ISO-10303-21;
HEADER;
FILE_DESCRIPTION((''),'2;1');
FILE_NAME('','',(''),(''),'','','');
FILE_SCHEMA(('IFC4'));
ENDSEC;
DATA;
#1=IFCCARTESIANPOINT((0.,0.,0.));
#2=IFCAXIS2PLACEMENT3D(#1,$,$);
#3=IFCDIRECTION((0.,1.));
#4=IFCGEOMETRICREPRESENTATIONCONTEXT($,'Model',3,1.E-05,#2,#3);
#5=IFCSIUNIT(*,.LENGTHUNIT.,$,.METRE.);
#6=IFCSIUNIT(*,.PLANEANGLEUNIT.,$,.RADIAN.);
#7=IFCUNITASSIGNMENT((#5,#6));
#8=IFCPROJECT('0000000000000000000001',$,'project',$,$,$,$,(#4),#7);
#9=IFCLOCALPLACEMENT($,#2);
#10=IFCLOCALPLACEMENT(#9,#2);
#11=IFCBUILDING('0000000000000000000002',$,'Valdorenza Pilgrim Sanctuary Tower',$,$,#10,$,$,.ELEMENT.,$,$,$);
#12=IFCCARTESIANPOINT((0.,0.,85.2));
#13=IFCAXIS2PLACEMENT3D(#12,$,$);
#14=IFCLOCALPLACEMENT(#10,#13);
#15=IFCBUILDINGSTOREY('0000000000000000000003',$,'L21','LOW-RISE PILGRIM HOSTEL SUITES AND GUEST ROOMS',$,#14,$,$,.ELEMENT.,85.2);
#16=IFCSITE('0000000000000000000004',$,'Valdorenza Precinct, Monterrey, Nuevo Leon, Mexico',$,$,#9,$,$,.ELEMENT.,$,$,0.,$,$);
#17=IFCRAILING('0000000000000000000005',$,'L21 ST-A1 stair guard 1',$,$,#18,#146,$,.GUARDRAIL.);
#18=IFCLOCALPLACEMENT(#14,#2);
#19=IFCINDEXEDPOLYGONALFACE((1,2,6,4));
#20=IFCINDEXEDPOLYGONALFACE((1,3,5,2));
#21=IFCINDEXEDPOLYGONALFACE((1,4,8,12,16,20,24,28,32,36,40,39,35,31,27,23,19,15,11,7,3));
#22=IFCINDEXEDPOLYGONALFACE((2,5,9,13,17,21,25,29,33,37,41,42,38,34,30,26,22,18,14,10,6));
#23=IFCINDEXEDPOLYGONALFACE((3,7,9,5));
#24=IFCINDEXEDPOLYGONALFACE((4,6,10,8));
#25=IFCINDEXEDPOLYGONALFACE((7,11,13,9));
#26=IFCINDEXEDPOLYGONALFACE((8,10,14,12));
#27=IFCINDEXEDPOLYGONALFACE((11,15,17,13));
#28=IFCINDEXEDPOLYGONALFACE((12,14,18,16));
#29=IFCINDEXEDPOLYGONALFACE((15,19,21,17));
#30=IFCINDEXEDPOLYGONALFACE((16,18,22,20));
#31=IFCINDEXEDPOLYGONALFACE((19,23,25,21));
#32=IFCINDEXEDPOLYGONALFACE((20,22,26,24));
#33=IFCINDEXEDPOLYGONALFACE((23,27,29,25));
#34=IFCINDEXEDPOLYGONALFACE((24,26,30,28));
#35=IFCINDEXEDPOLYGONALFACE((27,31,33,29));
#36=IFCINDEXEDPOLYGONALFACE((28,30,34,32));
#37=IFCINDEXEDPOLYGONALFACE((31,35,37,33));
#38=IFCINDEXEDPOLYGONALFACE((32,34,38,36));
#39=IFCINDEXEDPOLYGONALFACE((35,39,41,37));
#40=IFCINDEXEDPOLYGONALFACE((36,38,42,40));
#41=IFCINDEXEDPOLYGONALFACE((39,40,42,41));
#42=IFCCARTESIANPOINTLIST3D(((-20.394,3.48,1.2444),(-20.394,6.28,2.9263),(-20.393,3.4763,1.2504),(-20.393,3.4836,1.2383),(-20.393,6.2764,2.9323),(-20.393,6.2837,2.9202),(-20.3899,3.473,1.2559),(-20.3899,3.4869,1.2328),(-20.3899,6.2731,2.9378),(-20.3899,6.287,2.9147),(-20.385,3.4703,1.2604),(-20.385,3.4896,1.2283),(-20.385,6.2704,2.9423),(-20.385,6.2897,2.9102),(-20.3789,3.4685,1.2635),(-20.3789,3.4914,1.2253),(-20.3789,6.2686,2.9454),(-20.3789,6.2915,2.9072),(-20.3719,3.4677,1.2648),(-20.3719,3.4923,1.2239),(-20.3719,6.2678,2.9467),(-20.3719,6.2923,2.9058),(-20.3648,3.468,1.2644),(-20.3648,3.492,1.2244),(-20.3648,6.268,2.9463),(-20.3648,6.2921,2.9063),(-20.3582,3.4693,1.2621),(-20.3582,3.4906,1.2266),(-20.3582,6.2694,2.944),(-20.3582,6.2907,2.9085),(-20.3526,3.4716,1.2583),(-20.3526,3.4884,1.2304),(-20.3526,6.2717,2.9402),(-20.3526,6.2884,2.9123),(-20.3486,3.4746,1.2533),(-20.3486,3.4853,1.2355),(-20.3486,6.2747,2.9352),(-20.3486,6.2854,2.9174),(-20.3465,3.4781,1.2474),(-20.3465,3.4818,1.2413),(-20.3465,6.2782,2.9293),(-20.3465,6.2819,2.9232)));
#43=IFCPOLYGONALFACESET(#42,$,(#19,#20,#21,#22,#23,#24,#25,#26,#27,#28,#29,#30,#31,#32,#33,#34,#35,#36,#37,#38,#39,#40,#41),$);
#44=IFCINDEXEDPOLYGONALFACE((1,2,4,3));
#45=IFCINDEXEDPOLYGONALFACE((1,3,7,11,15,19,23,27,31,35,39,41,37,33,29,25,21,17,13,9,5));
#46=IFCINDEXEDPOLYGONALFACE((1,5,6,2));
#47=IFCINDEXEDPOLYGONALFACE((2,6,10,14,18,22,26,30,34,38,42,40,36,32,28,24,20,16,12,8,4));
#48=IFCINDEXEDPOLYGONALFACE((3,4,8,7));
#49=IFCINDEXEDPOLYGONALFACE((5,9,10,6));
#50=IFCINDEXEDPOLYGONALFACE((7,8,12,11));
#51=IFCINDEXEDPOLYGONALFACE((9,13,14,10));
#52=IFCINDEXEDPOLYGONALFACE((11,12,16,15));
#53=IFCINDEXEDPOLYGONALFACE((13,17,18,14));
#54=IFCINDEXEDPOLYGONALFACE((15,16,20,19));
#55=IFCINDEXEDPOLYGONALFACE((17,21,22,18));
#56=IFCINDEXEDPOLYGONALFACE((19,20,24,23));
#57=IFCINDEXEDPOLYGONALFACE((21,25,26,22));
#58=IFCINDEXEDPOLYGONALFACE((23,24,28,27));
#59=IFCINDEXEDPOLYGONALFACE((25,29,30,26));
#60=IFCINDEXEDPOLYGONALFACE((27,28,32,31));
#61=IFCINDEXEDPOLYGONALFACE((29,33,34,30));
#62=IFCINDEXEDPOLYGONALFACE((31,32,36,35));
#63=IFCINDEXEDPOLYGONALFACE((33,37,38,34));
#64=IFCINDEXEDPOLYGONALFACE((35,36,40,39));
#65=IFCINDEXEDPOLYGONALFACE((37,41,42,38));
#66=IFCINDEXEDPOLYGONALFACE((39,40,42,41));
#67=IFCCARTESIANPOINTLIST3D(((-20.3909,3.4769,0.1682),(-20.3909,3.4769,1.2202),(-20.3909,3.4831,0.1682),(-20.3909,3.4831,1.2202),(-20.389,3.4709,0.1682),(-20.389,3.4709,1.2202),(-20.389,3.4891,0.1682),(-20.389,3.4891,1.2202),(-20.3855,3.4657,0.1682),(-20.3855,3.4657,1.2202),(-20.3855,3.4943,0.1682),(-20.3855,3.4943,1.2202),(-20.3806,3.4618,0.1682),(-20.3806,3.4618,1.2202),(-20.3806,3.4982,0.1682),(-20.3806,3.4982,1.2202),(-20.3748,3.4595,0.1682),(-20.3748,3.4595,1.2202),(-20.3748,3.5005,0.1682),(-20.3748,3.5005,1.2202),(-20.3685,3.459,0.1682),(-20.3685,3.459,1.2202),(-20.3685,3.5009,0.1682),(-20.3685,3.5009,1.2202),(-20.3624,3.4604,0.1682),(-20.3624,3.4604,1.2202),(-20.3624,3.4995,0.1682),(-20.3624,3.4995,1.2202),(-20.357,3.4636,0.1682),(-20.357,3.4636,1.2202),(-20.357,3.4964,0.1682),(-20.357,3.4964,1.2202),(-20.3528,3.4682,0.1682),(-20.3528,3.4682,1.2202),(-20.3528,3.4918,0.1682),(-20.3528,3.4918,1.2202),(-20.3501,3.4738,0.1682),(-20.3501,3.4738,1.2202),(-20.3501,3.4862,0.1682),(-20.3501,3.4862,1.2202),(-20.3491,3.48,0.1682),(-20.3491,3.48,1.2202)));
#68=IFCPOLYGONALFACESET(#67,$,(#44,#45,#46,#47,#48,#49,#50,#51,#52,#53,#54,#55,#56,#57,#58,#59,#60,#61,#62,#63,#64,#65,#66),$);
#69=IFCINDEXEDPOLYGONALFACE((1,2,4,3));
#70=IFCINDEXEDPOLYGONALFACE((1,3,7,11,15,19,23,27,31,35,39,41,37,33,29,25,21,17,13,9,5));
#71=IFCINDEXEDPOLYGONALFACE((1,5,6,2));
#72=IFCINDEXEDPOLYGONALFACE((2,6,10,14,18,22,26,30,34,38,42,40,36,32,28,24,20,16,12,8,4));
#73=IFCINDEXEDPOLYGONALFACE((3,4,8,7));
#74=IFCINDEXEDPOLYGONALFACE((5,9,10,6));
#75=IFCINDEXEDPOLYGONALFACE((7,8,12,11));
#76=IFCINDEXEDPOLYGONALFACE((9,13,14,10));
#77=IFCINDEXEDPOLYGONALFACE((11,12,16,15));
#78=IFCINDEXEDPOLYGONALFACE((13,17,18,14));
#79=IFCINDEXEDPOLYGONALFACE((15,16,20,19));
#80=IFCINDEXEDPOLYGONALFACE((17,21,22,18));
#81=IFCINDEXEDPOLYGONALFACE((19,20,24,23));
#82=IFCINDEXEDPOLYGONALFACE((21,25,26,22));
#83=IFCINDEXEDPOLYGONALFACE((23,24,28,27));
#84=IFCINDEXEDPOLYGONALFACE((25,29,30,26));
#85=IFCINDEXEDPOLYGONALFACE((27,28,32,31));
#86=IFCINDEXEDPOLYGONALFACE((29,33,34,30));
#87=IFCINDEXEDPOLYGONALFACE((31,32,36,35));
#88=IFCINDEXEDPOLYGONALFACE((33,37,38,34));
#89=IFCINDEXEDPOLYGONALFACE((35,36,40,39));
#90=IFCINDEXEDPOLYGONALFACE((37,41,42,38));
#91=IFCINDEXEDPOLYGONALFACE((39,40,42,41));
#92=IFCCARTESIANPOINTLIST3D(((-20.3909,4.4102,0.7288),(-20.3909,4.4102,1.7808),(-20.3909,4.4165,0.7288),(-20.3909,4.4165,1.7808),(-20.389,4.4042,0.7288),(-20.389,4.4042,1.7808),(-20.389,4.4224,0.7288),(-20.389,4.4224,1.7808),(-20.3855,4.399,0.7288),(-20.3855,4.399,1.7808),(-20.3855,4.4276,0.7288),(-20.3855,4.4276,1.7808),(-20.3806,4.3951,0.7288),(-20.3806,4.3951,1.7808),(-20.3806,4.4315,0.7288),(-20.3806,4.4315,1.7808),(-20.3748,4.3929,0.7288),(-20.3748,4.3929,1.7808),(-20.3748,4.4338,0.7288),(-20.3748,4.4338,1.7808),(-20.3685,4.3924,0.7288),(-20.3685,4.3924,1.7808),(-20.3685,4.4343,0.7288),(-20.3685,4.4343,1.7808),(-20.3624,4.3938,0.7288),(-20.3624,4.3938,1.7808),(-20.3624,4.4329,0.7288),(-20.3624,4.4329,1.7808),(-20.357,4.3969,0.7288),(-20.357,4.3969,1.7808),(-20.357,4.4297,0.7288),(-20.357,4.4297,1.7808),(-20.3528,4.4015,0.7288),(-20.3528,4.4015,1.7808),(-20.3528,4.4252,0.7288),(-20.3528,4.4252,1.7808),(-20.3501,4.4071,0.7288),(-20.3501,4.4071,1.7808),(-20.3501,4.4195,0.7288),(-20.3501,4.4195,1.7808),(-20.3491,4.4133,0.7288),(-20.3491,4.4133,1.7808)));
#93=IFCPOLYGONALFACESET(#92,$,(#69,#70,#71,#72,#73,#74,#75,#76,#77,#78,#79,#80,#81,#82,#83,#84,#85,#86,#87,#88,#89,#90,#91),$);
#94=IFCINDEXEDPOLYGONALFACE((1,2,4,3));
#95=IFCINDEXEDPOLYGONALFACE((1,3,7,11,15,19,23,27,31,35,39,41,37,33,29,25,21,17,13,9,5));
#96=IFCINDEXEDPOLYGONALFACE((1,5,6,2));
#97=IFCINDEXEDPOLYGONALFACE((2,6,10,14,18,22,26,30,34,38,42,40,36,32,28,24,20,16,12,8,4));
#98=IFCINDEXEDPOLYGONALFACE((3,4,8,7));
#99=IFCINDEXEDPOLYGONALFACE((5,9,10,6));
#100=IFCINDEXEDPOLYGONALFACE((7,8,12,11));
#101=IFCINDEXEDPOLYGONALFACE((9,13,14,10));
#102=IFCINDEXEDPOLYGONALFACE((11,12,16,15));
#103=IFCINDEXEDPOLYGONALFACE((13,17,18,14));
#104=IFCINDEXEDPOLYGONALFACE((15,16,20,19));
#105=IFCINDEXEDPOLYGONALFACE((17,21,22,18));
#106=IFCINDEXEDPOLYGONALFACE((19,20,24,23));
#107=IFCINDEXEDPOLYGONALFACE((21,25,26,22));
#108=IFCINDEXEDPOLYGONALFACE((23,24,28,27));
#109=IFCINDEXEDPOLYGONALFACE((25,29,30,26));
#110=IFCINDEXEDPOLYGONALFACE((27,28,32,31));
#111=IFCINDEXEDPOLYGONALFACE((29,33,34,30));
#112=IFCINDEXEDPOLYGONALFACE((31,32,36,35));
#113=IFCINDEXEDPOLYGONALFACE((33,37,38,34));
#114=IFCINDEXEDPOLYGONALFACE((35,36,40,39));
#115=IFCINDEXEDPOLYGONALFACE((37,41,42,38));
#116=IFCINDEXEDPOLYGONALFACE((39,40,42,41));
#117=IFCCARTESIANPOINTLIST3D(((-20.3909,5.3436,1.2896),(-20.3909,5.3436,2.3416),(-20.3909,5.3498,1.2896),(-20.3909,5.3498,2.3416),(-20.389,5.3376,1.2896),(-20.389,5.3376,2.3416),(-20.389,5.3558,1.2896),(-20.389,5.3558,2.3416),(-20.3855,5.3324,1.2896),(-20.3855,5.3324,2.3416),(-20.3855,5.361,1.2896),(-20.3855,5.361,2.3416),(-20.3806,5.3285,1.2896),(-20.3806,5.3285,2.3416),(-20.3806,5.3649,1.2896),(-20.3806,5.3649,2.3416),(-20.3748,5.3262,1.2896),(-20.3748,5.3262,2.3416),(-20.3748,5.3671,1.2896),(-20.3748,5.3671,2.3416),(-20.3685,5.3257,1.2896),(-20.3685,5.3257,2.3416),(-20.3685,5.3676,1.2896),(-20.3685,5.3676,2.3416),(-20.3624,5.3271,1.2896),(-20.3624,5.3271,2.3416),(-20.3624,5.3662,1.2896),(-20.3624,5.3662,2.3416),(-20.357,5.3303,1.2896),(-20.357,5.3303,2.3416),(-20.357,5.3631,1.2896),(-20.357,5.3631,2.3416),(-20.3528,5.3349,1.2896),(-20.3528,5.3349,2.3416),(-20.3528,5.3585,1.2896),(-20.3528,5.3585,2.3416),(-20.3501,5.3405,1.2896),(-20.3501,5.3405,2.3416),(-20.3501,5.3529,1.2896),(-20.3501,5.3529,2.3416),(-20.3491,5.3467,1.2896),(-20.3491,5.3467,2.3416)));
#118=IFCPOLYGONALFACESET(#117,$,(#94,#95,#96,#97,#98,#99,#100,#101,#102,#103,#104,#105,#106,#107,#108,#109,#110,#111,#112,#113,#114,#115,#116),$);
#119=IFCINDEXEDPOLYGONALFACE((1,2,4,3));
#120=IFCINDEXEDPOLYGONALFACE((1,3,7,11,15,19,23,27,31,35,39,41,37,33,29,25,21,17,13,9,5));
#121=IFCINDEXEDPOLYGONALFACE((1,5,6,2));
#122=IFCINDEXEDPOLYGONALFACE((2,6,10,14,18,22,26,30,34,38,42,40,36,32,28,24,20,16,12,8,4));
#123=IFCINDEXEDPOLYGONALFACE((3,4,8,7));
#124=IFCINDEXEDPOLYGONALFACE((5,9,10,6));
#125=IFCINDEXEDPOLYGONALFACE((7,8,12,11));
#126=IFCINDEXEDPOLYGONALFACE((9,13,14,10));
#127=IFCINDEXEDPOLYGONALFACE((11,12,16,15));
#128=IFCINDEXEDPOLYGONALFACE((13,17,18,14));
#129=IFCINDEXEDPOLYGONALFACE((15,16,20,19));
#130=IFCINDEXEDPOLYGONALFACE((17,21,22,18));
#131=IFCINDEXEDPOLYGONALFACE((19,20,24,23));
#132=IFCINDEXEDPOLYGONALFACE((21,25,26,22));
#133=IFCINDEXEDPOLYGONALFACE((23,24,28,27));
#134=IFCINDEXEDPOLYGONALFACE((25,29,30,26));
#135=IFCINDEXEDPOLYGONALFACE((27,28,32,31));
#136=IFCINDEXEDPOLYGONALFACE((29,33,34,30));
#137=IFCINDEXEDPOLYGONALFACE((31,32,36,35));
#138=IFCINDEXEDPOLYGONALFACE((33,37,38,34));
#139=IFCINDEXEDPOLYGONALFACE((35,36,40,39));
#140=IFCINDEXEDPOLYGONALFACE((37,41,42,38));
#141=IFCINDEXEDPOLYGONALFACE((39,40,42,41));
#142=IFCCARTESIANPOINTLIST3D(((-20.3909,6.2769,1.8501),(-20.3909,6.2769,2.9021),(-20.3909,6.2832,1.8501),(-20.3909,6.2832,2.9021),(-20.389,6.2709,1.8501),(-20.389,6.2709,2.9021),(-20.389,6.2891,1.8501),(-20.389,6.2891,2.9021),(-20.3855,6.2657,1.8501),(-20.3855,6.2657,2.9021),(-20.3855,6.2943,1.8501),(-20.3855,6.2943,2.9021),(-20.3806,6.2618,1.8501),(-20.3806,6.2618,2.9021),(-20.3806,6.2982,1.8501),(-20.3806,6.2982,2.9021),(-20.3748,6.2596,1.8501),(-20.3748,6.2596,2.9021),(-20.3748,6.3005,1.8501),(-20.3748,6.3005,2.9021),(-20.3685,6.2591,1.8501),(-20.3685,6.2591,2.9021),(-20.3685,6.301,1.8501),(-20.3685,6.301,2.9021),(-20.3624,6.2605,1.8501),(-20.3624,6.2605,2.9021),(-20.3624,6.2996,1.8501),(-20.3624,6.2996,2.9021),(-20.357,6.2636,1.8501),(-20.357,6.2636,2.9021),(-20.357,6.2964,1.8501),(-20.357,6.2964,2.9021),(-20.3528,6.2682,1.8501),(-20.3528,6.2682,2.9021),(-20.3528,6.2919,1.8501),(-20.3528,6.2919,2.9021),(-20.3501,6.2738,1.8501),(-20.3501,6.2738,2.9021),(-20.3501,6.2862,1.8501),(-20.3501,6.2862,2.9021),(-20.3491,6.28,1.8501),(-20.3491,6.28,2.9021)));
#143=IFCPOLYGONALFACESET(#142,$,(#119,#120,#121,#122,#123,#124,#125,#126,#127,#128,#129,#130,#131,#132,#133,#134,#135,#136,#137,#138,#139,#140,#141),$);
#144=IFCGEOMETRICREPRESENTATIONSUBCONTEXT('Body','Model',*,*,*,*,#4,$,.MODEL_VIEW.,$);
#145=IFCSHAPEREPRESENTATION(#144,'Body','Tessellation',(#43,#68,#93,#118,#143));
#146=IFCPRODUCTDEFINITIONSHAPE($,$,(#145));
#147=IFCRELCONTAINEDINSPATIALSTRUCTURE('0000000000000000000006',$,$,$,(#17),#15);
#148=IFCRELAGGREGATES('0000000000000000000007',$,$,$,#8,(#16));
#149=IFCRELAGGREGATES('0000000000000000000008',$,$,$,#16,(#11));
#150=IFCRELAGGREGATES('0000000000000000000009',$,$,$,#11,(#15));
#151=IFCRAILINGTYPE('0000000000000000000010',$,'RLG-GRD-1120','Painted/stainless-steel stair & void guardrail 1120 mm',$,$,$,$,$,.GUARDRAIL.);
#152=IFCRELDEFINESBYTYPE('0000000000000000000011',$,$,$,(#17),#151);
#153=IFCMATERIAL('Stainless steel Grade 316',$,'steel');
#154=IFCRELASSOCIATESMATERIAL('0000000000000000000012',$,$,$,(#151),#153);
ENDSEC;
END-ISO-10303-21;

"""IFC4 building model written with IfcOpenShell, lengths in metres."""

from ifc_helpers import new_model, si_unit, direction, frame, origin, origin_2d, place, context, subcontext, project, spatial, circle, extrude, material, type_object, element, save


model = new_model("IFC4")

# Units and contexts
model_context = context("Model", 3, precision=1e-05, world=origin(), true_north=direction((0.0, 1.0)))
body_context = subcontext(model_context, "Body", "Model", "MODEL_VIEW")
ifc_project = project(units=[si_unit("LENGTHUNIT", "METRE"), si_unit("PLANEANGLEUNIT", "RADIAN")], contexts=[model_context])

# Site, building, storey
site_placement = place(None, origin())
site = spatial("IfcSite", under=ifc_project, at=site_placement, Name="Valdorenza Precinct, Monterrey, Nuevo Leon, Mexico", CompositionType="ELEMENT", RefElevation=0.0)
building_placement = place(site_placement, origin())
building = spatial("IfcBuilding", under=site, at=building_placement, Name="Valdorenza Pilgrim Sanctuary Tower", CompositionType="ELEMENT")
storey_placement = place(building_placement, frame((0.0, 0.0, 85.2)))
storey = spatial("IfcBuildingStorey", under=building, at=storey_placement, Name="L21", Description="LOW-RISE PILGRIM HOSTEL SUITES AND GUEST ROOMS", CompositionType="ELEMENT", Elevation=85.2)

# Railing
ifc_material_1 = material(Name="Stainless steel Grade 316", Category="steel")
railing_type_1 = type_object("IfcRailingType", Name="RLG-GRD-1120", Description="Painted/stainless-steel stair & void guardrail 1120 mm", PredefinedType="GUARDRAIL", material=ifc_material_1)
railing_1_placement = place(storey_placement, frame((-20.3701, 3.48, 0.1682)))
element("IfcRailing", 1, at=railing_1_placement, inside=storey, type_object=railing_type_1, Name="L21 ST-A1 stair guard 1", PredefinedType="GUARDRAIL", context=body_context, shape_type="SweptSolid", body=[
    extrude(circle(Radius=0.0239, at=origin_2d()), frame((0.0, 0.0, 1.0762), z_axis=(0.0, 0.857242, 0.514913), x_axis=(-1.0, 0.0, 0.0)), (0.0, 0.0, 1.0), 3.2664),
    extrude(circle(Radius=0.021, at=origin_2d()), origin(), (0.0, 0.0, 1.0), 1.052),
    extrude(circle(Radius=0.021, at=origin_2d()), frame((0.0, 0.9333, 0.5605)), (0.0, 0.0, 1.0), 1.052),
    extrude(circle(Radius=0.021, at=origin_2d()), frame((0.0, 1.8667, 1.1213)), (0.0, 0.0, 1.0), 1.052),
    extrude(circle(Radius=0.021, at=origin_2d()), frame((0.0, 2.8, 1.6819)), (0.0, 0.0, 1.0), 1.052),
])

save(model, "model.ifc")
